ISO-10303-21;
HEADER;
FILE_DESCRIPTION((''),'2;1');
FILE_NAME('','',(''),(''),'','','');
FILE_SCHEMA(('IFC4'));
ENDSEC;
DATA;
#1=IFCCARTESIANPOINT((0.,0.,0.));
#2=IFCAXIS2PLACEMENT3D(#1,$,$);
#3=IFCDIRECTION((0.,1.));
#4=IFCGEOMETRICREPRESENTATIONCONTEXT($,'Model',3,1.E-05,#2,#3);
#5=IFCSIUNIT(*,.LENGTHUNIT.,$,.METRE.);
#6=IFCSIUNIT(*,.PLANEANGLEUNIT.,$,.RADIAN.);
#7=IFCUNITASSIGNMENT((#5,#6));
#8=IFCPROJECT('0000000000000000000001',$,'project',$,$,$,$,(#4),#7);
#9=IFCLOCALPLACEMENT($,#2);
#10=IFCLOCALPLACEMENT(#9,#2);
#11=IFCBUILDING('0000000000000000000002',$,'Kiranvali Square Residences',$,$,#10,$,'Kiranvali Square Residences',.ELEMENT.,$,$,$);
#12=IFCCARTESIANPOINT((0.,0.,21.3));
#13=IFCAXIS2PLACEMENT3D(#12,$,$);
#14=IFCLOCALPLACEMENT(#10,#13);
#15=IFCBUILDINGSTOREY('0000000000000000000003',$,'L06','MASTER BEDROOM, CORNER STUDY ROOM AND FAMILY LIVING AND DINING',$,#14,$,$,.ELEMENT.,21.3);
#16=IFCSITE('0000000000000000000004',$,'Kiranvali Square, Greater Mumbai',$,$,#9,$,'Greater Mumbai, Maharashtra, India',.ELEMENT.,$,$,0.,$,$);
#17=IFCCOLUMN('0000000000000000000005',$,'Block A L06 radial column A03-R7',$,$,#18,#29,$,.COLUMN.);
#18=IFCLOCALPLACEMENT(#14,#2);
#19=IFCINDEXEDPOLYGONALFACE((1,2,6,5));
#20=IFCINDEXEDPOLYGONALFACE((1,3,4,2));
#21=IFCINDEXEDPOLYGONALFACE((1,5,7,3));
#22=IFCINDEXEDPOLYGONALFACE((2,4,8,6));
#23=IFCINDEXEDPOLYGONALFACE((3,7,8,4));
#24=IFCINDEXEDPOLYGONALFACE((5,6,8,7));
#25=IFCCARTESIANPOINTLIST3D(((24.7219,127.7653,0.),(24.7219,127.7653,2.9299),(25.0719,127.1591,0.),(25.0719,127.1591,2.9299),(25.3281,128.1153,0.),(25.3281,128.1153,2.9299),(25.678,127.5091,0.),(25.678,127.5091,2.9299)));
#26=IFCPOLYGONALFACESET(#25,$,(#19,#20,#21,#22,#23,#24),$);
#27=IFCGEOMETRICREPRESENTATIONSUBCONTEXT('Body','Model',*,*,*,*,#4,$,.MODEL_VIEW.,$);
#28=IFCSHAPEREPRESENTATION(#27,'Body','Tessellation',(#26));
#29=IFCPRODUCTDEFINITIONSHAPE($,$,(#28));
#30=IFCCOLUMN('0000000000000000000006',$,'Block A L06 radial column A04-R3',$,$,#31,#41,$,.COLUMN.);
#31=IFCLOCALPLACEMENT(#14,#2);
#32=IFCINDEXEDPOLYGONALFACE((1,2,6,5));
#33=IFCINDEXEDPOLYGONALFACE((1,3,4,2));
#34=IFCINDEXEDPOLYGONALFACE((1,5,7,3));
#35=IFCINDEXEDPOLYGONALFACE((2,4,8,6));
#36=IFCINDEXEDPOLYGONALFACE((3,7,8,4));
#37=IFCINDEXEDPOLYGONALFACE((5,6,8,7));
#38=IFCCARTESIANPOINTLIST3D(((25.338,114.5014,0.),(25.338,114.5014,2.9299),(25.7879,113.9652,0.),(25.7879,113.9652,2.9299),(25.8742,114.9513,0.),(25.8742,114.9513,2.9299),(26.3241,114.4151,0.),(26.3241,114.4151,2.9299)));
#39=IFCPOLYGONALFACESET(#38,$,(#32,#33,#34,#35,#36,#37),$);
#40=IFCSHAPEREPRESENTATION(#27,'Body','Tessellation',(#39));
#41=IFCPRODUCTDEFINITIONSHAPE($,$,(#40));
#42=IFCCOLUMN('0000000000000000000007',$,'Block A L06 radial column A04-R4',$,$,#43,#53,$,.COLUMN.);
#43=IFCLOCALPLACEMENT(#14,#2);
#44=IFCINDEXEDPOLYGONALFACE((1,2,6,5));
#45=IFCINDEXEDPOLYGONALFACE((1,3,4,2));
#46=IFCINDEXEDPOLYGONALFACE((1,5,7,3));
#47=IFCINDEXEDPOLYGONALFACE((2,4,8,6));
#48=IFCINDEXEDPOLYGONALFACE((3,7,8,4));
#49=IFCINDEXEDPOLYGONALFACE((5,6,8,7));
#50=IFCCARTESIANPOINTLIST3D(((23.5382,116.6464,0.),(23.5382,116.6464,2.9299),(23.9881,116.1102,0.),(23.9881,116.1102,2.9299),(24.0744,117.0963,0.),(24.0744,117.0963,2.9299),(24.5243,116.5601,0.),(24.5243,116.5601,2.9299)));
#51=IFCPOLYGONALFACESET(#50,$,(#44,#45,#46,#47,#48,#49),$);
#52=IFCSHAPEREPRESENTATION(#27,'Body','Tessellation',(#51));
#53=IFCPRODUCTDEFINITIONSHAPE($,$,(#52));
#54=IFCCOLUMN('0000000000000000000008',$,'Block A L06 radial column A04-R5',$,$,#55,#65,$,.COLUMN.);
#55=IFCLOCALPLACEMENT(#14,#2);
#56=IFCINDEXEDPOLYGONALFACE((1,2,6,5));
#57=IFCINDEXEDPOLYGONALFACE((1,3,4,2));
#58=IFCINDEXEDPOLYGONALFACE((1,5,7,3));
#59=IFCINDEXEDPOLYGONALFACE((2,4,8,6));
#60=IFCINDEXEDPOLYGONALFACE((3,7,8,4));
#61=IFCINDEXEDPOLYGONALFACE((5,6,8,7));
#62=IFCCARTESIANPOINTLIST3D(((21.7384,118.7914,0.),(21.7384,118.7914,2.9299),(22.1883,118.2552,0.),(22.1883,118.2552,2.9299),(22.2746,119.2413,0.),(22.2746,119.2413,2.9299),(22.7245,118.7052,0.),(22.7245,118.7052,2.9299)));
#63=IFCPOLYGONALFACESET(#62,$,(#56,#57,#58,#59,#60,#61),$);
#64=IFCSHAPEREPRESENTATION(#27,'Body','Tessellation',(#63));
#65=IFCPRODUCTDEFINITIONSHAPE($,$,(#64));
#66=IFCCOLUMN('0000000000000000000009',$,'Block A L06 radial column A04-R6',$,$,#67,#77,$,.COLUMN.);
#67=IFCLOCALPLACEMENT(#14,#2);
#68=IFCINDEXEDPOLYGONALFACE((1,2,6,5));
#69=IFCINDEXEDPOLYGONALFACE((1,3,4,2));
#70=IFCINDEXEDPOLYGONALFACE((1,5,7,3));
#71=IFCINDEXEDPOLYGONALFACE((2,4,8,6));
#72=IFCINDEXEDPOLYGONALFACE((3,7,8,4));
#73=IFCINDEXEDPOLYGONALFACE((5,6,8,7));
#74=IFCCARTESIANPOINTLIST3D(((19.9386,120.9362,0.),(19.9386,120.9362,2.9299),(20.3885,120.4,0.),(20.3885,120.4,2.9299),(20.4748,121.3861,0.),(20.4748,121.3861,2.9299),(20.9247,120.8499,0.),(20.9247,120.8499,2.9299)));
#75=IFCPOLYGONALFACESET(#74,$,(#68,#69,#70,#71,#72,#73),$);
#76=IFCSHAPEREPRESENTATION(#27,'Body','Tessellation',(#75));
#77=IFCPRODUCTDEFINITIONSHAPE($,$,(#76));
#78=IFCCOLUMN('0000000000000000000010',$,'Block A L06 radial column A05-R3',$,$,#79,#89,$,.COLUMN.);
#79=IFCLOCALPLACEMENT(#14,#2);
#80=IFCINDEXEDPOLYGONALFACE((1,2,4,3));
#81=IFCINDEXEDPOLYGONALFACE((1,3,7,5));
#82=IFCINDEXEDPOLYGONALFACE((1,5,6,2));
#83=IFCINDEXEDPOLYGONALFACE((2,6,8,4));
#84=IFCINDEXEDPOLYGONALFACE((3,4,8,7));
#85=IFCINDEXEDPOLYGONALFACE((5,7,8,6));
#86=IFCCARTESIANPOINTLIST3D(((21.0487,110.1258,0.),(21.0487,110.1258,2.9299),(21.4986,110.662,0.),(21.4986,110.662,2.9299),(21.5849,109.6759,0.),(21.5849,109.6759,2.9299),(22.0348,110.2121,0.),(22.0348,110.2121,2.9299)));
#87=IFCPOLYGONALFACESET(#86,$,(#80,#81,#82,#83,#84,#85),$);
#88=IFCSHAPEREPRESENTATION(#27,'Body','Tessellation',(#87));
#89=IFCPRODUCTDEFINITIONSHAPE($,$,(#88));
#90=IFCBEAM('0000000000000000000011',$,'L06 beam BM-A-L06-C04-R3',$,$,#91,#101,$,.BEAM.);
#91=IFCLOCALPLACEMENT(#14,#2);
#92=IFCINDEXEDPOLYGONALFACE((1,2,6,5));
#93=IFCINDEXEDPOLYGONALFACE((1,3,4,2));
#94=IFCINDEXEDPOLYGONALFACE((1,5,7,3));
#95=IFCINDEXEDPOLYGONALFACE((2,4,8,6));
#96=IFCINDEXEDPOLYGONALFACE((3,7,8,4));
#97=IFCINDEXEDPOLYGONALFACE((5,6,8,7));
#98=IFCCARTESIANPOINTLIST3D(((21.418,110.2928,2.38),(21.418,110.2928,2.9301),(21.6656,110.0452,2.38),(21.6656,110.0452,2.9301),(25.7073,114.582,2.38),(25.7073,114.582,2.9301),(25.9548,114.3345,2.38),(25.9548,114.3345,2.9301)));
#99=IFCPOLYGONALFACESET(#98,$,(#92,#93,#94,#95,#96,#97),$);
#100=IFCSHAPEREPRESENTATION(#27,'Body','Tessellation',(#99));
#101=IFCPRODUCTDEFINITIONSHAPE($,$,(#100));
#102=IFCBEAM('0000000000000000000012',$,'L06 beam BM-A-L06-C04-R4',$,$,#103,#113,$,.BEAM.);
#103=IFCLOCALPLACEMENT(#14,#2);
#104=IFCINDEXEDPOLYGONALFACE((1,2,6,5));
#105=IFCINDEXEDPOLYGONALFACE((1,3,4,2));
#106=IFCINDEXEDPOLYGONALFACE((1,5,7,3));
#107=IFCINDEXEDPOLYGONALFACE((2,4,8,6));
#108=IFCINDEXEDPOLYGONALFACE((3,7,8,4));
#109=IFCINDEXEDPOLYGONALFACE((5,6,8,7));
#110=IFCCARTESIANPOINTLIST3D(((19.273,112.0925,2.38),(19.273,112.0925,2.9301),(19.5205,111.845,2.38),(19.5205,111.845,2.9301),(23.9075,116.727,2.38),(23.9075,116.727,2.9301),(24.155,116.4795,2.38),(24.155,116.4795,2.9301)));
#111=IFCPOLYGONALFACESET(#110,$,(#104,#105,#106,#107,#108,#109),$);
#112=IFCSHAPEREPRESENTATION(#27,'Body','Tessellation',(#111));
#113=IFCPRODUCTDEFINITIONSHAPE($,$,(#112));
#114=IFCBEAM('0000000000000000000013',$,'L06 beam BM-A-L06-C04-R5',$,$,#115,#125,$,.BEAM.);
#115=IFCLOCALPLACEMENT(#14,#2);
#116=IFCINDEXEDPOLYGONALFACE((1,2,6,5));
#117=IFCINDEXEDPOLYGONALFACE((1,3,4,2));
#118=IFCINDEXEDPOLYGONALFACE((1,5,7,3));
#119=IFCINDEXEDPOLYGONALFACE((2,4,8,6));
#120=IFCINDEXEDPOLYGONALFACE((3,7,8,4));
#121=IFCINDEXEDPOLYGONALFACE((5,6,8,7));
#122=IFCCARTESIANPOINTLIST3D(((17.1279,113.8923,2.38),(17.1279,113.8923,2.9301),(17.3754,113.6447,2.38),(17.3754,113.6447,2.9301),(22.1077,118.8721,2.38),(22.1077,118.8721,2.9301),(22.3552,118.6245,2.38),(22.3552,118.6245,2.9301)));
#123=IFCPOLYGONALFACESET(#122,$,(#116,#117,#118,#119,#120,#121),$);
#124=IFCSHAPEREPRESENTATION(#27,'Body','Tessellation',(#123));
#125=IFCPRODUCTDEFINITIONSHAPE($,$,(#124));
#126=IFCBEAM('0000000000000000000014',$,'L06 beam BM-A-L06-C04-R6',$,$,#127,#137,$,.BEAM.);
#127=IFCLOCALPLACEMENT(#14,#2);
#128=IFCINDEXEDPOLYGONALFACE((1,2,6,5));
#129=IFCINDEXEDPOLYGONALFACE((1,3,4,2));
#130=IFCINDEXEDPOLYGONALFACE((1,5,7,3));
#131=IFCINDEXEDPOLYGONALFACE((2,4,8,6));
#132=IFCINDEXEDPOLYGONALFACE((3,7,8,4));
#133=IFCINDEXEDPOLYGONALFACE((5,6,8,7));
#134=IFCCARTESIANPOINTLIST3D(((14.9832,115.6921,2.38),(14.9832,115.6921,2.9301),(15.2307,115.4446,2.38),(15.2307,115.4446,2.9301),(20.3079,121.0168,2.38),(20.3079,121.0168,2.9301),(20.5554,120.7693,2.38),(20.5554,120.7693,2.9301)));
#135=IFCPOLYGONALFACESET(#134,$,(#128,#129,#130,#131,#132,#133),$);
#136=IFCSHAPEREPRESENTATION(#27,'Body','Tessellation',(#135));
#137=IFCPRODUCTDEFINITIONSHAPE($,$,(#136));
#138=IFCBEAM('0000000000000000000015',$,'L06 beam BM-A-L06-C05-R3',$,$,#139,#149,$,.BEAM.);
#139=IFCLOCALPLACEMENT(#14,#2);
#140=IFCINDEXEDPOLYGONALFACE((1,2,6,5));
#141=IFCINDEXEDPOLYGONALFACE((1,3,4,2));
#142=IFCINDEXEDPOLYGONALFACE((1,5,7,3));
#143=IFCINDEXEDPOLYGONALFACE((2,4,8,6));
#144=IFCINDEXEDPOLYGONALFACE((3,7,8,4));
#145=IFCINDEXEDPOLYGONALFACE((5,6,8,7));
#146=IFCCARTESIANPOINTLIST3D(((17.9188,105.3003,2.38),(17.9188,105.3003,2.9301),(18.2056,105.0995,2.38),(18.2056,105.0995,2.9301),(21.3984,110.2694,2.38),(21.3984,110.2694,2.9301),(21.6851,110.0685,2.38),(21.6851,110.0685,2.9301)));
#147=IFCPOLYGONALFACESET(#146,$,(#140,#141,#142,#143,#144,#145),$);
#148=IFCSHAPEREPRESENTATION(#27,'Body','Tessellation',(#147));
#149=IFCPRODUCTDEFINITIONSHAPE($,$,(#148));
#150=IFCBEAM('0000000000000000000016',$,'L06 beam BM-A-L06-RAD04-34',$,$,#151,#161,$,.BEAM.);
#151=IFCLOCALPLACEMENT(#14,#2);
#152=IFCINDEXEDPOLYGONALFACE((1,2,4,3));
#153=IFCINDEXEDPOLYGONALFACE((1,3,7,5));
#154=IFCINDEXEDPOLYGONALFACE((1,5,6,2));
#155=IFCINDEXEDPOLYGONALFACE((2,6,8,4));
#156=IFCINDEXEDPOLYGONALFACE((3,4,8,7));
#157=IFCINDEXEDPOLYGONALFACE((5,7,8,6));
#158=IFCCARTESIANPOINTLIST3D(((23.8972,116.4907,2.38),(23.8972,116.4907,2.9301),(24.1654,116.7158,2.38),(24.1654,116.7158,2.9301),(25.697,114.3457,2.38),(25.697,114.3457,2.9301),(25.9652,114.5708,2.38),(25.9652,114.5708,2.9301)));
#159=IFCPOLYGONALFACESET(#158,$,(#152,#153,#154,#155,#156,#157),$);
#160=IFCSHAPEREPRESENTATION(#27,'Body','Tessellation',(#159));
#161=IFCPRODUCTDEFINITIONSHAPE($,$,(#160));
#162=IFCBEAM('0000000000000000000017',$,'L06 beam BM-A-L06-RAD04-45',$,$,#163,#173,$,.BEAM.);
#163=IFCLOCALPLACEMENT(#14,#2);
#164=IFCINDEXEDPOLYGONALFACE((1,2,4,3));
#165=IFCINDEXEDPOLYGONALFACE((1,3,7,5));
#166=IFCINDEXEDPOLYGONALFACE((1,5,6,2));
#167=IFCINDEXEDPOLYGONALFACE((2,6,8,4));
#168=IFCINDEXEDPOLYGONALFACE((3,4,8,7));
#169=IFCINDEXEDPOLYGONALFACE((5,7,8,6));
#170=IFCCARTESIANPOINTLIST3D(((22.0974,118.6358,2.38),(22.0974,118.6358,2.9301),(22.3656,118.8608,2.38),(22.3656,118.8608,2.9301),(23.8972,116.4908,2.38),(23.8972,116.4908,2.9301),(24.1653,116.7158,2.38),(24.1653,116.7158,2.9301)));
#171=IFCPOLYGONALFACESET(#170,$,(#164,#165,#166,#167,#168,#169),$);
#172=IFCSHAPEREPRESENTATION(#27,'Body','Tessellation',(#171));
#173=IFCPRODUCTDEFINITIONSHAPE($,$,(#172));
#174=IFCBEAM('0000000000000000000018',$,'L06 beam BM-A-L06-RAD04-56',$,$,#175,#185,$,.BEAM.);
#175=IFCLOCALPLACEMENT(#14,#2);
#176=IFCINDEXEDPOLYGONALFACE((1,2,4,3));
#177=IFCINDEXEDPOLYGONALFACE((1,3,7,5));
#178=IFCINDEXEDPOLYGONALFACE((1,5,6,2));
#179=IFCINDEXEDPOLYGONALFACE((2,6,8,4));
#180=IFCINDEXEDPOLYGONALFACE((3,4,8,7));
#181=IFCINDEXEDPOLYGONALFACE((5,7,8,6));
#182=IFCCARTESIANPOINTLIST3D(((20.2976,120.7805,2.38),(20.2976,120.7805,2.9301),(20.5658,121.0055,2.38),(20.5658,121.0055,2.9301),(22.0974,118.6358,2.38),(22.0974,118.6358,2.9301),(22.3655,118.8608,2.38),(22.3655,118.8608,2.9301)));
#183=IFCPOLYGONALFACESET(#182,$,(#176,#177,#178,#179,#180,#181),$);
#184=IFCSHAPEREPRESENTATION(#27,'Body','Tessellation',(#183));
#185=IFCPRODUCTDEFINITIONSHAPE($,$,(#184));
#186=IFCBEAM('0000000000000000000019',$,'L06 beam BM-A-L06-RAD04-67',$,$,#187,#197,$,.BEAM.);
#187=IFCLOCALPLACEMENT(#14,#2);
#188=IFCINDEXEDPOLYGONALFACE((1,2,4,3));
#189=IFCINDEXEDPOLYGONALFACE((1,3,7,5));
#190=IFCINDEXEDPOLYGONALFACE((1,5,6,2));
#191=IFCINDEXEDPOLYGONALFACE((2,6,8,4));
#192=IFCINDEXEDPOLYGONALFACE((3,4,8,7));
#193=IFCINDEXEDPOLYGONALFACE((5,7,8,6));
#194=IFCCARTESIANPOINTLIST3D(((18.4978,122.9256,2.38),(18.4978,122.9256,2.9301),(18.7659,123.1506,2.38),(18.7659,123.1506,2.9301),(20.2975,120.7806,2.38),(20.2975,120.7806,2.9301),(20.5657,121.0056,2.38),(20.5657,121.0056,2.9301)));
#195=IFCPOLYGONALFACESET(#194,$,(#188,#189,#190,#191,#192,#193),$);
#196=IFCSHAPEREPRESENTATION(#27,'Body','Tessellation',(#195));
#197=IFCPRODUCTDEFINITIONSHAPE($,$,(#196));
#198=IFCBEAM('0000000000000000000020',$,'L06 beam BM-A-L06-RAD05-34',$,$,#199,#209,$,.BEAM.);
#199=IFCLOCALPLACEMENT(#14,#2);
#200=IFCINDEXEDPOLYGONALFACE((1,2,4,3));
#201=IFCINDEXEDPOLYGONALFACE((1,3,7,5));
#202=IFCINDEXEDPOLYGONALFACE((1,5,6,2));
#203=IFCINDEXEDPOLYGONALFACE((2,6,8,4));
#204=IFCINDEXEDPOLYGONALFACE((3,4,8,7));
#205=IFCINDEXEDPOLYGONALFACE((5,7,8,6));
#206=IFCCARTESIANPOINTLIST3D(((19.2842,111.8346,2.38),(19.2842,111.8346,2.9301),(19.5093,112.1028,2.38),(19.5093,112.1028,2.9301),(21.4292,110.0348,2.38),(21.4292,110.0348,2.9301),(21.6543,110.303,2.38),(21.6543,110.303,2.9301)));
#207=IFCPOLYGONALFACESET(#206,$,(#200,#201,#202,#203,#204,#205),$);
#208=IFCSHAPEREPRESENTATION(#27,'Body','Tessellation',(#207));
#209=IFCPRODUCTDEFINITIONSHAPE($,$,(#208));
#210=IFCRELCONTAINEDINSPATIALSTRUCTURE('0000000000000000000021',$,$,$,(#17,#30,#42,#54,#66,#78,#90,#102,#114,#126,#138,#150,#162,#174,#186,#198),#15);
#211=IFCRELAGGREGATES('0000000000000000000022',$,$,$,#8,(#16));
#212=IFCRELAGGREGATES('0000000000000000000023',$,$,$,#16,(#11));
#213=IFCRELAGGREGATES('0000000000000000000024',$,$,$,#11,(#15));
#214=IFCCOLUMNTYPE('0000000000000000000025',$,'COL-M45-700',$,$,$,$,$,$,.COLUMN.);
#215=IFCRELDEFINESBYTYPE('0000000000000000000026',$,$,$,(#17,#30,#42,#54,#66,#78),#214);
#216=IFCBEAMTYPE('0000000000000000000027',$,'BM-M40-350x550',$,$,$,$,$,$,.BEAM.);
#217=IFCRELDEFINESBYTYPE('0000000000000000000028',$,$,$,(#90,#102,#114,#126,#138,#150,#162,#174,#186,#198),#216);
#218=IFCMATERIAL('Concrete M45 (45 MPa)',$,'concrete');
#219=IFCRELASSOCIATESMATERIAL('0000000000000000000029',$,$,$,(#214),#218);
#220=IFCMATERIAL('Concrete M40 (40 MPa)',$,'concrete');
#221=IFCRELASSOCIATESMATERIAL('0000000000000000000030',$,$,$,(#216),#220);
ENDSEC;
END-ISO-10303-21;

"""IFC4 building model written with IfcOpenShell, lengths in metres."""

from ifc_helpers import new_model, si_unit, direction, frame, origin, origin_2d, place, context, subcontext, project, spatial, rectangle, extrude, material, material_profile, profile_set, type_object, element, save


model = new_model("IFC4")

# Units and contexts
model_context = context("Model", 3, precision=1e-05, world=origin(), true_north=direction((0.0, 1.0)))
body_context = subcontext(model_context, "Body", "Model", "MODEL_VIEW")
ifc_project = project(units=[si_unit("LENGTHUNIT", "METRE"), si_unit("PLANEANGLEUNIT", "RADIAN")], contexts=[model_context])

# Site, building, storey
site_placement = place(None, origin())
site = spatial("IfcSite", under=ifc_project, at=site_placement, Name="Kiranvali Square, Greater Mumbai", LongName="Greater Mumbai, Maharashtra, India", CompositionType="ELEMENT", RefElevation=0.0)
building_placement = place(site_placement, origin())
building = spatial("IfcBuilding", under=site, at=building_placement, Name="Kiranvali Square Residences", LongName="Kiranvali Square Residences", CompositionType="ELEMENT")
storey_placement = place(building_placement, frame((0.0, 0.0, 21.3)))
storey = spatial("IfcBuildingStorey", under=building, at=storey_placement, Name="L06", Description="MASTER BEDROOM, CORNER STUDY ROOM AND FAMILY LIVING AND DINING", CompositionType="ELEMENT", Elevation=21.3)

# Columns
ifc_material_1 = material(Name="Concrete M45 (45 MPa)", Category="concrete")
ifc_material_profile_1 = material_profile(ifc_material_1, rectangle(XDim=0.7, YDim=0.7, at=origin_2d()), Name="RC 700x700")
ifc_profile_set_1 = profile_set([ifc_material_profile_1], Name="Concrete M45 (45 MPa)")
column_type = type_object("IfcColumnType", Name="COL-M45-700", PredefinedType="COLUMN", material=ifc_profile_set_1)
for number, where, z_axis, x_axis, name in (
    (1, (25.2, 127.6372, 0.0), (0.0, 0.0, 1.0), (0.866025, 0.5, 0.0), "Block A L06 radial column A03-R7"),
    (2, (25.8311, 114.4583, 0.0), (0.0, 0.0, 1.0), (0.766044, 0.642788, 0.0), "Block A L06 radial column A04-R3"),
    (3, (24.0312, 116.6033, 0.0), (0.0, 0.0, 1.0), (0.766044, 0.642788, 0.0), "Block A L06 radial column A04-R4"),
    (4, (22.2314, 118.7483, 0.0), (0.0, 0.0, 1.0), (0.766044, 0.642788, 0.0), "Block A L06 radial column A04-R5"),
    (5, (20.4316, 120.8931, 0.0), (0.0, 0.0, 1.0), (0.766044, 0.642788, 0.0), "Block A L06 radial column A04-R6"),
    (6, (21.5417, 110.1689, 0.0), (0.0, 0.0, 1.0), (0.642788, 0.766044, 0.0), "Block A L06 radial column A05-R3"),
):
    element("IfcColumn", number, at=place(storey_placement, frame(where, z_axis=z_axis, x_axis=x_axis)), inside=storey, type_object=column_type, Name=name, PredefinedType="COLUMN", context=body_context, shape_type="SweptSolid", body=[
        extrude(rectangle(XDim=0.7, YDim=0.7, at=origin_2d()), origin(), (0.0, 0.0, 1.0), 2.9299),
    ])

# Beams
ifc_material_2 = material(Name="Concrete M40 (40 MPa)", Category="concrete")
ifc_material_profile_2 = material_profile(ifc_material_2, rectangle(XDim=0.3501, YDim=0.55, at=origin_2d()), Name="RC 350x550")
ifc_profile_set_2 = profile_set([ifc_material_profile_2], Name="Concrete M40 (40 MPa)")
beam_type_1 = type_object("IfcBeamType", Name="BM-M40-350x550", PredefinedType="BEAM", material=ifc_profile_set_2)
beam_1_placement = place(storey_placement, frame((25.8311, 114.4583, 2.655), z_axis=(-0.707107, -0.707107, 0.0), x_axis=(0.707107, -0.707107, 0.0)))
element("IfcBeam", 7, at=beam_1_placement, inside=storey, type_object=beam_type_1, Name="L06 beam BM-A-L06-C04-R3", PredefinedType="BEAM", context=body_context, shape_type="SweptSolid", body=[
    extrude(rectangle(XDim=0.3501, YDim=0.55, at=origin_2d()), origin(), (0.0, 0.0, 1.0), 6.0659),
])
beam_2_placement = place(storey_placement, frame((24.0312, 116.6033, 2.655), z_axis=(-0.707107, -0.707107, 0.0), x_axis=(0.707107, -0.707107, 0.0)))
element("IfcBeam", 8, at=beam_2_placement, inside=storey, type_object=beam_type_1, Name="L06 beam BM-A-L06-C04-R4", PredefinedType="BEAM", context=body_context, shape_type="SweptSolid", body=[
    extrude(rectangle(XDim=0.3501, YDim=0.55, at=origin_2d()), origin(), (0.0, 0.0, 1.0), 6.5542),
])
beam_3_placement = place(storey_placement, frame((22.2314, 118.7483, 2.655), z_axis=(-0.707107, -0.707107, 0.0), x_axis=(0.707107, -0.707107, 0.0)))
element("IfcBeam", 9, at=beam_3_placement, inside=storey, type_object=beam_type_1, Name="L06 beam BM-A-L06-C04-R5", PredefinedType="BEAM", context=body_context, shape_type="SweptSolid", body=[
    extrude(rectangle(XDim=0.3501, YDim=0.55, at=origin_2d()), origin(), (0.0, 0.0, 1.0), 7.0425),
])
beam_4_placement = place(storey_placement, frame((20.4316, 120.8931, 2.655), z_axis=(-0.707107, -0.707107, 0.0), x_axis=(0.707107, -0.707107, 0.0)))
element("IfcBeam", 10, at=beam_4_placement, inside=storey, type_object=beam_type_1, Name="L06 beam BM-A-L06-C04-R6", PredefinedType="BEAM", context=body_context, shape_type="SweptSolid", body=[
    extrude(rectangle(XDim=0.3501, YDim=0.55, at=origin_2d()), origin(), (0.0, 0.0, 1.0), 7.5303),
])
beam_5_placement = place(storey_placement, frame((21.5417, 110.1689, 2.655), z_axis=(-0.573595, -0.819139, 0.0), x_axis=(0.819139, -0.573595, 0.0)))
element("IfcBeam", 11, at=beam_5_placement, inside=storey, type_object=beam_type_1, Name="L06 beam BM-A-L06-C05-R3", PredefinedType="BEAM", context=body_context, shape_type="SweptSolid", body=[
    extrude(rectangle(XDim=0.3501, YDim=0.55, at=origin_2d()), origin(), (0.0, 0.0, 1.0), 6.0662),
])
for number, where, z_axis, x_axis, name in (
    (12, (25.8311, 114.4583, 2.655), (-0.642771, 0.766059, 0.0), (-0.766059, -0.642771, 0.0), "L06 beam BM-A-L06-RAD04-34"),
    (13, (24.0312, 116.6033, 2.655), (-0.642771, 0.766059, 0.0), (-0.766059, -0.642771, 0.0), "L06 beam BM-A-L06-RAD04-45"),
):
    element("IfcBeam", number, at=place(storey_placement, frame(where, z_axis=z_axis, x_axis=x_axis)), inside=storey, type_object=beam_type_1, Name=name, PredefinedType="BEAM", context=body_context, shape_type="SweptSolid", body=[
        extrude(rectangle(XDim=0.3501, YDim=0.55, at=origin_2d()), origin(), (0.0, 0.0, 1.0), 2.8),
    ])
beam_6_placement = place(storey_placement, frame((22.2314, 118.7483, 2.655), z_axis=(-0.642814, 0.766023, 0.0), x_axis=(-0.766023, -0.642814, 0.0)))
element("IfcBeam", 14, at=beam_6_placement, inside=storey, type_object=beam_type_1, Name="L06 beam BM-A-L06-RAD04-56", PredefinedType="BEAM", context=body_context, shape_type="SweptSolid", body=[
    extrude(rectangle(XDim=0.3501, YDim=0.55, at=origin_2d()), origin(), (0.0, 0.0, 1.0), 2.7998),
])
for number, where, z_axis, x_axis, name in (
    (15, (20.4316, 120.8931, 2.655), (-0.642771, 0.766059, 0.0), (-0.766059, -0.642771, 0.0), "L06 beam BM-A-L06-RAD04-67"),
    (16, (21.5417, 110.1689, 2.655), (-0.766059, 0.642771, 0.0), (-0.642771, -0.766059, 0.0), "L06 beam BM-A-L06-RAD05-34"),
):
    element("IfcBeam", number, at=place(storey_placement, frame(where, z_axis=z_axis, x_axis=x_axis)), inside=storey, type_object=beam_type_1, Name=name, PredefinedType="BEAM", context=body_context, shape_type="SweptSolid", body=[
        extrude(rectangle(XDim=0.3501, YDim=0.55, at=origin_2d()), origin(), (0.0, 0.0, 1.0), 2.8),
    ])

save(model, "model.ifc")
